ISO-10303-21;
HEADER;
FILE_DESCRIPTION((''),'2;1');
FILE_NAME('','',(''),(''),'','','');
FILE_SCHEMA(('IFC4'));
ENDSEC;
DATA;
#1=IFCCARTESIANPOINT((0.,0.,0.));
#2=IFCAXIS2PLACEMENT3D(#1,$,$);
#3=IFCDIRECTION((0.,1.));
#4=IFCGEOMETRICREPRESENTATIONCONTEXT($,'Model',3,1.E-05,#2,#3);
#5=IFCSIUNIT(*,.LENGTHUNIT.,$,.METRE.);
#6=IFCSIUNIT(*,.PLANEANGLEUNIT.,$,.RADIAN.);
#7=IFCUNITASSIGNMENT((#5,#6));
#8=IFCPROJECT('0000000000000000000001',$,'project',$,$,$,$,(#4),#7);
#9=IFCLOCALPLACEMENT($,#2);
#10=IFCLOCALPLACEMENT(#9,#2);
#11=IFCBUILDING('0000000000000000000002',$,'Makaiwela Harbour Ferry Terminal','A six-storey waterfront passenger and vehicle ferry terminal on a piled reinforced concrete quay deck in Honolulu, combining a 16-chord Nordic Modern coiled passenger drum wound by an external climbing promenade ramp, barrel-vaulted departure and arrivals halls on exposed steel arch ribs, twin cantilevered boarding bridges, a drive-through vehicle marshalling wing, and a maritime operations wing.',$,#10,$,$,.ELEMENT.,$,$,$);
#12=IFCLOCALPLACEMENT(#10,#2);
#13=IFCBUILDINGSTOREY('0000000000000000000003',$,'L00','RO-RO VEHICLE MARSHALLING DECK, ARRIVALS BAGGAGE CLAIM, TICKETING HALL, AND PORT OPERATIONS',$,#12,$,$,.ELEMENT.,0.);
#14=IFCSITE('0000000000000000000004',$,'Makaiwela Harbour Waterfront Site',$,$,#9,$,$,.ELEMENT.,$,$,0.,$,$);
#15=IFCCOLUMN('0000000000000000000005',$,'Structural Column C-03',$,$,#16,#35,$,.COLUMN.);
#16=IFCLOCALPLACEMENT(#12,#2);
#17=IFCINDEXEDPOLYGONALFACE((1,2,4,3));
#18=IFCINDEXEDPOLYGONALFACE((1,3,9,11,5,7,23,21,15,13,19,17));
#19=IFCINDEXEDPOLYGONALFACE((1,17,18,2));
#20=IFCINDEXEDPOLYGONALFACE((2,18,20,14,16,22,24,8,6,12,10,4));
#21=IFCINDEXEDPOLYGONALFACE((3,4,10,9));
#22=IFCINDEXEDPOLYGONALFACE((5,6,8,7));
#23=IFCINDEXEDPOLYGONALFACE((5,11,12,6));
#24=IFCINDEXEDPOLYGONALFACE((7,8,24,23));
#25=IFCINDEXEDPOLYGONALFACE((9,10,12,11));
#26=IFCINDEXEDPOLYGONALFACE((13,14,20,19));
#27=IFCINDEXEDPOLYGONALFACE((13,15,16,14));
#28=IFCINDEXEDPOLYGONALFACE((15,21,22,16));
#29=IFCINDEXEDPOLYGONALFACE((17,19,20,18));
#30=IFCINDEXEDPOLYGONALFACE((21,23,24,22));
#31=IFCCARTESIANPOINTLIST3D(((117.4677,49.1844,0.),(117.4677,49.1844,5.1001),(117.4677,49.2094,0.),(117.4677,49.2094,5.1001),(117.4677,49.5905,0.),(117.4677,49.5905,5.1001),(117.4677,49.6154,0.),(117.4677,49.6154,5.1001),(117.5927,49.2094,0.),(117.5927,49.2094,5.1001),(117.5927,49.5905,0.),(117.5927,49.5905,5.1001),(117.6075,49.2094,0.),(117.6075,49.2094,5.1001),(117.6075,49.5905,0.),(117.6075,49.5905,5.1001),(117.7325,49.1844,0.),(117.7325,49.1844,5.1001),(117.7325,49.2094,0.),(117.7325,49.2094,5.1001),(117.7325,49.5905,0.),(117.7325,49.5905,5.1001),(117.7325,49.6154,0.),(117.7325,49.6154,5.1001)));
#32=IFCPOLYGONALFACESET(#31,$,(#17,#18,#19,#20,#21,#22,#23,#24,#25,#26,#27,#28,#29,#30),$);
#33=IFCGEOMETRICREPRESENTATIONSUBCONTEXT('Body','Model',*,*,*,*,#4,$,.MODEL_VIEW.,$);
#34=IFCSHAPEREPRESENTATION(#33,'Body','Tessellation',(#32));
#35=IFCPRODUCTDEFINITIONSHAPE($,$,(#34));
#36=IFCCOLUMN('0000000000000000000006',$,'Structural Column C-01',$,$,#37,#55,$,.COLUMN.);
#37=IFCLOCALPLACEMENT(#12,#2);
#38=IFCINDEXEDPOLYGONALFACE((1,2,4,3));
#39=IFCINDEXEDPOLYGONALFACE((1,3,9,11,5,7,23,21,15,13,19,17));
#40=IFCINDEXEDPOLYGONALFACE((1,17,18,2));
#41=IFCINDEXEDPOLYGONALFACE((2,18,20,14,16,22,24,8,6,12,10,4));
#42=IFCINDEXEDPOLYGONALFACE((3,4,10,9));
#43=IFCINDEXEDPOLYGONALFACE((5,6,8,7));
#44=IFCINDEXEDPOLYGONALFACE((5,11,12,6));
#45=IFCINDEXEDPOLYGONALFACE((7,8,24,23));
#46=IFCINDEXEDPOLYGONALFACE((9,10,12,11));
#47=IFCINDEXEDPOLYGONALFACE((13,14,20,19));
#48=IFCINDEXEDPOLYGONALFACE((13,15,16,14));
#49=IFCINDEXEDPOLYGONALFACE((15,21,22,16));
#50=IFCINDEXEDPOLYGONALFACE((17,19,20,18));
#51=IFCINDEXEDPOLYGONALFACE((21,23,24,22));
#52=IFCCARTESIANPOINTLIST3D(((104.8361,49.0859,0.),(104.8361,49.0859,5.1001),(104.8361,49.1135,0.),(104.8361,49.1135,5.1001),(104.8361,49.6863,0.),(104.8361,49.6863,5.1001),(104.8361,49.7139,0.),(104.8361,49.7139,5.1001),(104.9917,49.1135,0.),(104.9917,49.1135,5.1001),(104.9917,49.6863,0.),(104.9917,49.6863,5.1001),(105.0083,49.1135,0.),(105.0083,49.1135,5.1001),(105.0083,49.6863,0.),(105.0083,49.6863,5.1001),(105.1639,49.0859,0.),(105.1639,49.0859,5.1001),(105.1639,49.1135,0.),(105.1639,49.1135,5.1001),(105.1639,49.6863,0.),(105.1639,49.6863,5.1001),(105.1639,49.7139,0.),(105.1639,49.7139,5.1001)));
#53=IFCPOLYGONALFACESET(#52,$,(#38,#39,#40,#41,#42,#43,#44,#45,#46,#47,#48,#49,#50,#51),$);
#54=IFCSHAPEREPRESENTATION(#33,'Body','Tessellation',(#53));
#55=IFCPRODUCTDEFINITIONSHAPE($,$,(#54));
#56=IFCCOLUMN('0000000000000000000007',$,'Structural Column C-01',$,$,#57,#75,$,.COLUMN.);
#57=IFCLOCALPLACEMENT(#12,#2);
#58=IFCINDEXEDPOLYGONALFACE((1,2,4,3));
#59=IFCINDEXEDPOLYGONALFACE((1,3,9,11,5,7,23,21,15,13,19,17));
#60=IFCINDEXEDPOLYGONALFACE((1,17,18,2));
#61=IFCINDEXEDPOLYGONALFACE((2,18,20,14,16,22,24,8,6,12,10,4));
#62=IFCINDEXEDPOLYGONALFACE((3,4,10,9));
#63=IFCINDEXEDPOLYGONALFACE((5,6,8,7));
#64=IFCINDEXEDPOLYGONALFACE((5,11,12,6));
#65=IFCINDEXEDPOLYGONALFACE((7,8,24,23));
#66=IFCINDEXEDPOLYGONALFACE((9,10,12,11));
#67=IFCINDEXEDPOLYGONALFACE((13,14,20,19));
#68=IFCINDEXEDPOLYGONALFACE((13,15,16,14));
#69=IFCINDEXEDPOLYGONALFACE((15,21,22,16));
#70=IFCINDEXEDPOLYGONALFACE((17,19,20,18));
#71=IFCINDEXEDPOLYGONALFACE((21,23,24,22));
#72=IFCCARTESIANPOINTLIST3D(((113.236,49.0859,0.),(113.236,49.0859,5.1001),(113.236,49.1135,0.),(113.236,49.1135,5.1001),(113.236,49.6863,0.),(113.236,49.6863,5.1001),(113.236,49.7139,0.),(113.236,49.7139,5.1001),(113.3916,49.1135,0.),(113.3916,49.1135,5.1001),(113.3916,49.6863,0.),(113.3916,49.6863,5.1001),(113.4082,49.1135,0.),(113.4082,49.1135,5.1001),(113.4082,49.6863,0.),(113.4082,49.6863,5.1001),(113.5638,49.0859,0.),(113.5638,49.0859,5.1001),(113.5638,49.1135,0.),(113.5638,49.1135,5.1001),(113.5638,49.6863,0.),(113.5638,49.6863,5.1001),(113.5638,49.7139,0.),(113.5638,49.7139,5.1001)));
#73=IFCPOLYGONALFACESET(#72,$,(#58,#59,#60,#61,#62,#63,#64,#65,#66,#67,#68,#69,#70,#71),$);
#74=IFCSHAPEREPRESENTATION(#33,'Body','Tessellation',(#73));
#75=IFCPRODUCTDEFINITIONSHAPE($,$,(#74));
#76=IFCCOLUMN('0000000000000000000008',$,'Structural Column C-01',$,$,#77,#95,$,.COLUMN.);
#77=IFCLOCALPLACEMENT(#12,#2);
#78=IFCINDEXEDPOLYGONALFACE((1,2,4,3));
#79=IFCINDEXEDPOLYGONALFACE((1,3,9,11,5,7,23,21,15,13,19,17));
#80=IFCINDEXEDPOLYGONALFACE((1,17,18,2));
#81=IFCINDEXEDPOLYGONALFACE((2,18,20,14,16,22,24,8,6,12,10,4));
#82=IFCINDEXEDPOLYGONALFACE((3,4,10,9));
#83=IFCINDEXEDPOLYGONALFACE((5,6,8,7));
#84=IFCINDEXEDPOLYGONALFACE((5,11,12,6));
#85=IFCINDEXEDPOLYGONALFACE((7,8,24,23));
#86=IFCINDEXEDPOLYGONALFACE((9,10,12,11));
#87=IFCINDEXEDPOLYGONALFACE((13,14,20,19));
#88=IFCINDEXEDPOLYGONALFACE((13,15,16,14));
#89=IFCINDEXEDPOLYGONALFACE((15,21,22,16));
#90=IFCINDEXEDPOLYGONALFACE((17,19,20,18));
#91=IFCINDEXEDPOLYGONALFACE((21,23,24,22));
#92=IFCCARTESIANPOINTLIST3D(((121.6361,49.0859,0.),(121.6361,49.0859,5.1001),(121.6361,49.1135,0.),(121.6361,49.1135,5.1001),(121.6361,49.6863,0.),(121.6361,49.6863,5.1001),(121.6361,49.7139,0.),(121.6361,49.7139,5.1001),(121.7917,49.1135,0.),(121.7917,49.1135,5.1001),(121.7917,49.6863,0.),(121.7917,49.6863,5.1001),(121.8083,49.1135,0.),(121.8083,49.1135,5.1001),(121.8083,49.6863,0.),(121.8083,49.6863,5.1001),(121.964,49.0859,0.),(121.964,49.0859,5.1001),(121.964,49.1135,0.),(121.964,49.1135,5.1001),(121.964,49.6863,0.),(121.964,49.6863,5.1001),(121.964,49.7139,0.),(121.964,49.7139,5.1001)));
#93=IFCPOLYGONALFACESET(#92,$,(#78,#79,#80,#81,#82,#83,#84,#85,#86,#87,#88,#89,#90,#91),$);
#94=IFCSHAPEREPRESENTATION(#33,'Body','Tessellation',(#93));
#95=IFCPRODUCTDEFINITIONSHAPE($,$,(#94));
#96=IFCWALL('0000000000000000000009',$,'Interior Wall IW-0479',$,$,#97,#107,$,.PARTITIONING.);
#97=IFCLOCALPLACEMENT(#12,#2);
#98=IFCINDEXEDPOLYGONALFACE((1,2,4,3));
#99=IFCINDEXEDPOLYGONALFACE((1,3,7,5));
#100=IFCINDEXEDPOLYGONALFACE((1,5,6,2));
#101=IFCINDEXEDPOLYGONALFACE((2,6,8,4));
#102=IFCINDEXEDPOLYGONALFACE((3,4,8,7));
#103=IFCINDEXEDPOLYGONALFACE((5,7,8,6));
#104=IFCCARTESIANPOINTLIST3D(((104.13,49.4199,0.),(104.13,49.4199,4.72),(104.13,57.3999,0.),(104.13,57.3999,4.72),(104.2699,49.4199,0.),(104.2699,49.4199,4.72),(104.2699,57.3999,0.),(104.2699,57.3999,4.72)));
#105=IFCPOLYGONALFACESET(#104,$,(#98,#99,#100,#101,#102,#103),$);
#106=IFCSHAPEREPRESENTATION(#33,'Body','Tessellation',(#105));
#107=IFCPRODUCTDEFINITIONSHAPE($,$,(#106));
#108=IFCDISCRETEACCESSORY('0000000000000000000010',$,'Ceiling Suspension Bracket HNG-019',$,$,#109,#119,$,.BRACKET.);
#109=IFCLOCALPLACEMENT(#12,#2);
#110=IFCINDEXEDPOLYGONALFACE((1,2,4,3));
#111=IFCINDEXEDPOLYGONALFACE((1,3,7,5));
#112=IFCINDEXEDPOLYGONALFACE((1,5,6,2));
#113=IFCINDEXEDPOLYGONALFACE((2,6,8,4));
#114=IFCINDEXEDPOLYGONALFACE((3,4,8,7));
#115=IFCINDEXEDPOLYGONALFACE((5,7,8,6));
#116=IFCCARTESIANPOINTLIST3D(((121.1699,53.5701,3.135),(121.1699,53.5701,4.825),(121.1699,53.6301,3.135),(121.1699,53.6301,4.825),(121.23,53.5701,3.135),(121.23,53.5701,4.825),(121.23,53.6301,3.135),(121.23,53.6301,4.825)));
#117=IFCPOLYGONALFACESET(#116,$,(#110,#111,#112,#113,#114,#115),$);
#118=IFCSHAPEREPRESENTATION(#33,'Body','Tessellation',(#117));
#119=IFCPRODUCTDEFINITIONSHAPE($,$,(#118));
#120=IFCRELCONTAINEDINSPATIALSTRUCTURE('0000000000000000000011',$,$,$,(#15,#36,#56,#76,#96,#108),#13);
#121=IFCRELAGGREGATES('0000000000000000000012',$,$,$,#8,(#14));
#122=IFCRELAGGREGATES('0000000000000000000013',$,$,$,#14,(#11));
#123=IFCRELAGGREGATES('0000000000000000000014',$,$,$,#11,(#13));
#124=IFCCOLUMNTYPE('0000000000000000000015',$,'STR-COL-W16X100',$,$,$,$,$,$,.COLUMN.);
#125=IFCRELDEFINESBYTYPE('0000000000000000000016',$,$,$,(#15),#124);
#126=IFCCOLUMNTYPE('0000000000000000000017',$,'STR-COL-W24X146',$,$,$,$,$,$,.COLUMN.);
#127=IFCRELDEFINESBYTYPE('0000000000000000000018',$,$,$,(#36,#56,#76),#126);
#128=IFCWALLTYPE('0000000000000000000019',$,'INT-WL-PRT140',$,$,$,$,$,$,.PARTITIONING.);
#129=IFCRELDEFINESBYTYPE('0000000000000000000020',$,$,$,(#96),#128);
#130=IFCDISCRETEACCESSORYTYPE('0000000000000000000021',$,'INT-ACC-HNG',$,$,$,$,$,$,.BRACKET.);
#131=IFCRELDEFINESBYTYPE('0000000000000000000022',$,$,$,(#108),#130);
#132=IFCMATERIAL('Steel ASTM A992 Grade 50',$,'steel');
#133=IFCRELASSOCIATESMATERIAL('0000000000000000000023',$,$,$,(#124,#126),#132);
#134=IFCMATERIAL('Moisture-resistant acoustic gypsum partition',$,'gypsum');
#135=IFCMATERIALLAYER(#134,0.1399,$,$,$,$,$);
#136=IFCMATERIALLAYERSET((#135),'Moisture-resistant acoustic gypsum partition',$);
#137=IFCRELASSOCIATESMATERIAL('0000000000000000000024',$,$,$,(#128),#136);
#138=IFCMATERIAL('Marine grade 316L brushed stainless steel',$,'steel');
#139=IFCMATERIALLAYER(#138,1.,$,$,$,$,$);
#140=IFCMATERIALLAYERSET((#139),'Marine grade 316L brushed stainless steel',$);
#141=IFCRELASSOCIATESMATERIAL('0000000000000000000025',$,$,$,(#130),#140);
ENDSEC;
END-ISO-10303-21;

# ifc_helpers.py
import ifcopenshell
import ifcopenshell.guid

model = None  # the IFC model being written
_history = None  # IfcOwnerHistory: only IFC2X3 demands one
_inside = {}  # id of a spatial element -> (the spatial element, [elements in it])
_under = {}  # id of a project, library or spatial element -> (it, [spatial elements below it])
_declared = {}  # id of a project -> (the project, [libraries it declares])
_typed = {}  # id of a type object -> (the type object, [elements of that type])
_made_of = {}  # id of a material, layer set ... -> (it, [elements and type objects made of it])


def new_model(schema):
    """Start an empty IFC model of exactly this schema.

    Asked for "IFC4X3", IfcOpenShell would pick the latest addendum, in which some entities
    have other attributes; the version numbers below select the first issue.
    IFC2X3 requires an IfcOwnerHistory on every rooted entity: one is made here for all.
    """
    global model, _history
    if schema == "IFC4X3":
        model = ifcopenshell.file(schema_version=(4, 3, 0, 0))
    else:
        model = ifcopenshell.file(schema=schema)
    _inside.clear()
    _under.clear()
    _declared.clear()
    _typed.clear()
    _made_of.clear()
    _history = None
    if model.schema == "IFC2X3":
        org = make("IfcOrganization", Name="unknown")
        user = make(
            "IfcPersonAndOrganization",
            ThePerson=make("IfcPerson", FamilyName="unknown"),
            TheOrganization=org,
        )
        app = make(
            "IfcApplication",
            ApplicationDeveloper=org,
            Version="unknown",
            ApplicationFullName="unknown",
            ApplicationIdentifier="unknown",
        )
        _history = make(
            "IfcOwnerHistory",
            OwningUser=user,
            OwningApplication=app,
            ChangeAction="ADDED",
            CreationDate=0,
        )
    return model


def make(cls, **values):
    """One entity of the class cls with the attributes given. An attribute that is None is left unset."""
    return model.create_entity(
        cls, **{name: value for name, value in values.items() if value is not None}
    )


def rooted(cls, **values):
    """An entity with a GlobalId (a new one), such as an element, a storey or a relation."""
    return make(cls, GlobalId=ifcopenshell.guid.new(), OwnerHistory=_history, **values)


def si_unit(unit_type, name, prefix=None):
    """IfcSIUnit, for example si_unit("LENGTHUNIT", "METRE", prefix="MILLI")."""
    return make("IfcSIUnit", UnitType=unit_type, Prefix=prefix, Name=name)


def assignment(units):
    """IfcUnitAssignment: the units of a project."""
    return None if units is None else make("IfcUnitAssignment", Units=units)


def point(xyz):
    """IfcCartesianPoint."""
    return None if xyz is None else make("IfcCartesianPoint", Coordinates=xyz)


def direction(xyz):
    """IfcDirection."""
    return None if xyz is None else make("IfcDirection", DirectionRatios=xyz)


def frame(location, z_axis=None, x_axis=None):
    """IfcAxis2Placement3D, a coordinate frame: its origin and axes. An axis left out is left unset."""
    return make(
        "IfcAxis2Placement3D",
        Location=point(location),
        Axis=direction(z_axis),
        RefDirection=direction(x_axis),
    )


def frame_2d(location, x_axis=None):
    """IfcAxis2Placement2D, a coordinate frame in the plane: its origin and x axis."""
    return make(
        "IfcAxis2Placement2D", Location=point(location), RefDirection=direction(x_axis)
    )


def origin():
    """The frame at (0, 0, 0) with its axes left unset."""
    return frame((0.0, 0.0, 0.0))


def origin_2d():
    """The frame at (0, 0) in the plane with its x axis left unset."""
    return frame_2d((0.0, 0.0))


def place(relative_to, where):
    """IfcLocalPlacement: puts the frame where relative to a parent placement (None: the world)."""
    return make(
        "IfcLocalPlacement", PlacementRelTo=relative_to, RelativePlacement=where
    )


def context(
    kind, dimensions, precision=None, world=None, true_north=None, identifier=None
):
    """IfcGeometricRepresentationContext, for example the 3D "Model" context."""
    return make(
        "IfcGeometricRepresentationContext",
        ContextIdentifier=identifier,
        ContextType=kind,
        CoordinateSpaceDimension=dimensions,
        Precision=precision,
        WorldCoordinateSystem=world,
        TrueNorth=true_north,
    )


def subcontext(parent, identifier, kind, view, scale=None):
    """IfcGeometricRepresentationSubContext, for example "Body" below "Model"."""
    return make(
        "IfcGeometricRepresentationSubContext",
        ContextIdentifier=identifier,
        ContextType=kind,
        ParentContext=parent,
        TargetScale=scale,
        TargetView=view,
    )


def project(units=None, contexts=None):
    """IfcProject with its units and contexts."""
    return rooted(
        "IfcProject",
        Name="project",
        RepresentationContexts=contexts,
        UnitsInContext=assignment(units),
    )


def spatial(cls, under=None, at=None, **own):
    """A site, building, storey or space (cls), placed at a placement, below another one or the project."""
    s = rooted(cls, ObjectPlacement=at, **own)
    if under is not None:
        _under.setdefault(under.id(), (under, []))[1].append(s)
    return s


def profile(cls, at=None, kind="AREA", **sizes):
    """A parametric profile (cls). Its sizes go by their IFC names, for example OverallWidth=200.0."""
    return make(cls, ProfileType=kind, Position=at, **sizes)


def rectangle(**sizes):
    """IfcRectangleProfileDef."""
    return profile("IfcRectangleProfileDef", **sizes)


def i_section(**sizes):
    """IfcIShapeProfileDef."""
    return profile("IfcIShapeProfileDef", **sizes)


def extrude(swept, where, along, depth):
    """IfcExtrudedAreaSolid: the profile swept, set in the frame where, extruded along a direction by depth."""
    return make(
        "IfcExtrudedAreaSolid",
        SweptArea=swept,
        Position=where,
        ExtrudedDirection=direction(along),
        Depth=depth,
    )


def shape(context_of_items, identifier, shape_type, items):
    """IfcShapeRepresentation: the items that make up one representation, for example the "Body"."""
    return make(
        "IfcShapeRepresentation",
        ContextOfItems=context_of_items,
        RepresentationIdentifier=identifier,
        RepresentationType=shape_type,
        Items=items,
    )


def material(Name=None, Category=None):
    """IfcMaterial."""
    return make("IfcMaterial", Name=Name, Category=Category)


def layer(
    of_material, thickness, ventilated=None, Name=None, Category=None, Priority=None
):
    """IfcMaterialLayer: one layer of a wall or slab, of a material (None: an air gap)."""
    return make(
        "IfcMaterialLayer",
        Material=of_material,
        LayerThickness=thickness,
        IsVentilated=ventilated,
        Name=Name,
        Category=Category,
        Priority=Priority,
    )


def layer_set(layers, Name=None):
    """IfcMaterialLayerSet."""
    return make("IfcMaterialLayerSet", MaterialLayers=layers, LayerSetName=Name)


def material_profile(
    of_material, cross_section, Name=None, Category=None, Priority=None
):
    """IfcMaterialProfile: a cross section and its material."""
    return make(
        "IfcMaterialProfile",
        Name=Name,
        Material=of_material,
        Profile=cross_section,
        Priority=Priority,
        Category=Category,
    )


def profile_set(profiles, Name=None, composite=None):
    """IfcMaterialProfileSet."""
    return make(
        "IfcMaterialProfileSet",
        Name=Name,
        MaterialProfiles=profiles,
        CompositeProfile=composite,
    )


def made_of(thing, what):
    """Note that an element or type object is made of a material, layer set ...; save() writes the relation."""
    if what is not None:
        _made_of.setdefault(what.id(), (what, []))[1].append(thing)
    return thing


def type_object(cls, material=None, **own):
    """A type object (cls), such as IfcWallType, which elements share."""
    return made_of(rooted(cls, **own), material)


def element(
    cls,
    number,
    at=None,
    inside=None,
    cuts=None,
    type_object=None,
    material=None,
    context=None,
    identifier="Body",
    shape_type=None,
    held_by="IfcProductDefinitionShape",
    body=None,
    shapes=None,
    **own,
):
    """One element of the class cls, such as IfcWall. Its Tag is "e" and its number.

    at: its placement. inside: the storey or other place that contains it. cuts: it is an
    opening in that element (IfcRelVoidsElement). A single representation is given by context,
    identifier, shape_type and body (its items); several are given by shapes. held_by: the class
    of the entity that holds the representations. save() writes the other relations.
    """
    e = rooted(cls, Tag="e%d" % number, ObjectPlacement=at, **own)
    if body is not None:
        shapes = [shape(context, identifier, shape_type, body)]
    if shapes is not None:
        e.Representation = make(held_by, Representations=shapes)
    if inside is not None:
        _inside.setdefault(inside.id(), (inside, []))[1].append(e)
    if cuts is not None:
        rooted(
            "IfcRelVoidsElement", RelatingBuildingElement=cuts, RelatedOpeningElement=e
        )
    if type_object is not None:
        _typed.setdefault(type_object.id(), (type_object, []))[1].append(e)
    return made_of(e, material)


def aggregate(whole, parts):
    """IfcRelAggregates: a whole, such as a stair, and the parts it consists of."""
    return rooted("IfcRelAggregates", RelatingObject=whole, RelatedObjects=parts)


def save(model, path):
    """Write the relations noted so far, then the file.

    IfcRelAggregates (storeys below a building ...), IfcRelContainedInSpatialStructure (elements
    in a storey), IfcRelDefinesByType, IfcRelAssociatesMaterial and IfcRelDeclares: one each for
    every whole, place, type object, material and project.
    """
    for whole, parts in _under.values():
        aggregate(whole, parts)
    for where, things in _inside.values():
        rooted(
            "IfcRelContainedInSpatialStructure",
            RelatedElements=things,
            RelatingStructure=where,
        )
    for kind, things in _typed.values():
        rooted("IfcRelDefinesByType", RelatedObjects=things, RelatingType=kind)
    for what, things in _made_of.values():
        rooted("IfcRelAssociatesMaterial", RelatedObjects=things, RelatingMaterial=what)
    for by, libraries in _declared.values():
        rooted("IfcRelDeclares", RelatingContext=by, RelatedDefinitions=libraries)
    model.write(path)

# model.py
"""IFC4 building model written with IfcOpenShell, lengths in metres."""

from ifc_helpers import new_model, si_unit, direction, frame, frame_2d, origin, origin_2d, place, context, subcontext, project, spatial, rectangle, i_section, extrude, material, layer, layer_set, material_profile, profile_set, type_object, element, save


model = new_model("IFC4")

# Units and contexts
model_context = context("Model", 3, precision=1e-05, world=origin(), true_north=direction((0.0, 1.0)))
body_context = subcontext(model_context, "Body", "Model", "MODEL_VIEW")
ifc_project = project(units=[si_unit("LENGTHUNIT", "METRE"), si_unit("PLANEANGLEUNIT", "RADIAN")], contexts=[model_context])

# Site, building, storey
site_placement = place(None, origin())
site = spatial("IfcSite", under=ifc_project, at=site_placement, Name="Makaiwela Harbour Waterfront Site", CompositionType="ELEMENT", RefElevation=0.0)
building_placement = place(site_placement, origin())
building = spatial("IfcBuilding", under=site, at=building_placement, Name="Makaiwela Harbour Ferry Terminal", Description="A six-storey waterfront passenger and vehicle ferry terminal on a piled reinforced concrete quay deck in Honolulu, combining a 16-chord Nordic Modern coiled passenger drum wound by an external climbing promenade ramp, barrel-vaulted departure and arrivals halls on exposed steel arch ribs, twin cantilevered boarding bridges, a drive-through vehicle marshalling wing, and a maritime operations wing.", CompositionType="ELEMENT")
storey_placement = place(building_placement, origin())
storey = spatial("IfcBuildingStorey", under=building, at=storey_placement, Name="L00", Description="RO-RO VEHICLE MARSHALLING DECK, ARRIVALS BAGGAGE CLAIM, TICKETING HALL, AND PORT OPERATIONS", CompositionType="ELEMENT", Elevation=0.0)

# Columns
ifc_material_1 = material(Name="Steel ASTM A992 Grade 50", Category="steel")
ifc_material_profile_1 = material_profile(ifc_material_1, i_section(OverallWidth=0.2649, OverallDepth=0.4309, WebThickness=0.0149, FlangeThickness=0.0249, at=origin_2d()), Name="W16X100")
ifc_profile_set_1 = profile_set([ifc_material_profile_1], Name="Steel ASTM A992 Grade 50")
column_type_1 = type_object("IfcColumnType", Name="STR-COL-W16X100", PredefinedType="COLUMN", material=ifc_profile_set_1)
for number, where, z_axis, x_axis, name in (
    (1, (117.6001, 49.3999, 0.0), (0.0, 0.0, 1.0), (1.0, 0.0, 0.0), "Structural Column C-03"),
):
    element("IfcColumn", number, at=place(storey_placement, frame(where, z_axis=z_axis, x_axis=x_axis)), inside=storey, type_object=column_type_1, Name=name, PredefinedType="COLUMN", context=body_context, shape_type="SweptSolid", body=[
        extrude(i_section(OverallWidth=0.2649, OverallDepth=0.4309, WebThickness=0.0149, FlangeThickness=0.0249, at=origin_2d()), origin(), (0.0, 0.0, 1.0), 5.1001),
    ])
ifc_material_profile_2 = material_profile(ifc_material_1, i_section(OverallWidth=0.3279, OverallDepth=0.6279, WebThickness=0.0166, FlangeThickness=0.0276, at=origin_2d()), Name="W24X146")
ifc_profile_set_2 = profile_set([ifc_material_profile_2], Name="Steel ASTM A992 Grade 50")
column_type_2 = type_object("IfcColumnType", Name="STR-COL-W24X146", PredefinedType="COLUMN", material=ifc_profile_set_2)
for number, where, z_axis, x_axis, name in (
    (2, (105.0, 49.3999, 0.0), (0.0, 0.0, 1.0), (1.0, 0.0, 0.0), "Structural Column C-01"),
    (3, (113.3999, 49.3999, 0.0), (0.0, 0.0, 1.0), (1.0, 0.0, 0.0), "Structural Column C-01"),
    (4, (121.8, 49.3999, 0.0), (0.0, 0.0, 1.0), (1.0, 0.0, 0.0), "Structural Column C-01"),
):
    element("IfcColumn", number, at=place(storey_placement, frame(where, z_axis=z_axis, x_axis=x_axis)), inside=storey, type_object=column_type_2, Name=name, PredefinedType="COLUMN", context=body_context, shape_type="SweptSolid", body=[
        extrude(i_section(OverallWidth=0.3279, OverallDepth=0.6279, WebThickness=0.0166, FlangeThickness=0.0276, at=origin_2d()), origin(), (0.0, 0.0, 1.0), 5.1001),
    ])

# Wall
ifc_material_2 = material(Name="Moisture-resistant acoustic gypsum partition", Category="gypsum")
ifc_layer_1 = layer(ifc_material_2, 0.1399)
ifc_layer_set_1 = layer_set([ifc_layer_1], Name="Moisture-resistant acoustic gypsum partition")
wall_type = type_object("IfcWallType", Name="INT-WL-PRT140", PredefinedType="PARTITIONING", material=ifc_layer_set_1)
wall_placement = place(storey_placement, frame((104.2, 49.4199, 0.0), z_axis=(0.0, 0.0, 1.0), x_axis=(0.0, 1.0, 0.0)))
element("IfcWall", 5, at=wall_placement, inside=storey, type_object=wall_type, Name="Interior Wall IW-0479", PredefinedType="PARTITIONING", context=body_context, shape_type="SweptSolid", body=[
    extrude(rectangle(XDim=7.98, YDim=0.1399, at=frame_2d((3.99, 0.0))), origin(), (0.0, 0.0, 1.0), 4.72),
])

# Discrete accessory
ifc_material_3 = material(Name="Marine grade 316L brushed stainless steel", Category="steel")
ifc_layer_2 = layer(ifc_material_3, 1.0)
ifc_layer_set_2 = layer_set([ifc_layer_2], Name="Marine grade 316L brushed stainless steel")
discrete_accessory_type = type_object("IfcDiscreteAccessoryType", Name="INT-ACC-HNG", PredefinedType="BRACKET", material=ifc_layer_set_2)
discrete_accessory_placement = place(storey_placement, frame((121.2, 53.6001, 3.135), z_axis=(0.0, 0.0, 1.0), x_axis=(1.0, 0.0, 0.0)))
element("IfcDiscreteAccessory", 6, at=discrete_accessory_placement, inside=storey, type_object=discrete_accessory_type, Name="Ceiling Suspension Bracket HNG-019", PredefinedType="BRACKET", context=body_context, shape_type="SweptSolid", body=[
    extrude(rectangle(XDim=0.0601, YDim=0.0601, at=origin_2d()), origin(), (0.0, 0.0, 1.0), 1.6899),
])

save(model, "model.ifc")
